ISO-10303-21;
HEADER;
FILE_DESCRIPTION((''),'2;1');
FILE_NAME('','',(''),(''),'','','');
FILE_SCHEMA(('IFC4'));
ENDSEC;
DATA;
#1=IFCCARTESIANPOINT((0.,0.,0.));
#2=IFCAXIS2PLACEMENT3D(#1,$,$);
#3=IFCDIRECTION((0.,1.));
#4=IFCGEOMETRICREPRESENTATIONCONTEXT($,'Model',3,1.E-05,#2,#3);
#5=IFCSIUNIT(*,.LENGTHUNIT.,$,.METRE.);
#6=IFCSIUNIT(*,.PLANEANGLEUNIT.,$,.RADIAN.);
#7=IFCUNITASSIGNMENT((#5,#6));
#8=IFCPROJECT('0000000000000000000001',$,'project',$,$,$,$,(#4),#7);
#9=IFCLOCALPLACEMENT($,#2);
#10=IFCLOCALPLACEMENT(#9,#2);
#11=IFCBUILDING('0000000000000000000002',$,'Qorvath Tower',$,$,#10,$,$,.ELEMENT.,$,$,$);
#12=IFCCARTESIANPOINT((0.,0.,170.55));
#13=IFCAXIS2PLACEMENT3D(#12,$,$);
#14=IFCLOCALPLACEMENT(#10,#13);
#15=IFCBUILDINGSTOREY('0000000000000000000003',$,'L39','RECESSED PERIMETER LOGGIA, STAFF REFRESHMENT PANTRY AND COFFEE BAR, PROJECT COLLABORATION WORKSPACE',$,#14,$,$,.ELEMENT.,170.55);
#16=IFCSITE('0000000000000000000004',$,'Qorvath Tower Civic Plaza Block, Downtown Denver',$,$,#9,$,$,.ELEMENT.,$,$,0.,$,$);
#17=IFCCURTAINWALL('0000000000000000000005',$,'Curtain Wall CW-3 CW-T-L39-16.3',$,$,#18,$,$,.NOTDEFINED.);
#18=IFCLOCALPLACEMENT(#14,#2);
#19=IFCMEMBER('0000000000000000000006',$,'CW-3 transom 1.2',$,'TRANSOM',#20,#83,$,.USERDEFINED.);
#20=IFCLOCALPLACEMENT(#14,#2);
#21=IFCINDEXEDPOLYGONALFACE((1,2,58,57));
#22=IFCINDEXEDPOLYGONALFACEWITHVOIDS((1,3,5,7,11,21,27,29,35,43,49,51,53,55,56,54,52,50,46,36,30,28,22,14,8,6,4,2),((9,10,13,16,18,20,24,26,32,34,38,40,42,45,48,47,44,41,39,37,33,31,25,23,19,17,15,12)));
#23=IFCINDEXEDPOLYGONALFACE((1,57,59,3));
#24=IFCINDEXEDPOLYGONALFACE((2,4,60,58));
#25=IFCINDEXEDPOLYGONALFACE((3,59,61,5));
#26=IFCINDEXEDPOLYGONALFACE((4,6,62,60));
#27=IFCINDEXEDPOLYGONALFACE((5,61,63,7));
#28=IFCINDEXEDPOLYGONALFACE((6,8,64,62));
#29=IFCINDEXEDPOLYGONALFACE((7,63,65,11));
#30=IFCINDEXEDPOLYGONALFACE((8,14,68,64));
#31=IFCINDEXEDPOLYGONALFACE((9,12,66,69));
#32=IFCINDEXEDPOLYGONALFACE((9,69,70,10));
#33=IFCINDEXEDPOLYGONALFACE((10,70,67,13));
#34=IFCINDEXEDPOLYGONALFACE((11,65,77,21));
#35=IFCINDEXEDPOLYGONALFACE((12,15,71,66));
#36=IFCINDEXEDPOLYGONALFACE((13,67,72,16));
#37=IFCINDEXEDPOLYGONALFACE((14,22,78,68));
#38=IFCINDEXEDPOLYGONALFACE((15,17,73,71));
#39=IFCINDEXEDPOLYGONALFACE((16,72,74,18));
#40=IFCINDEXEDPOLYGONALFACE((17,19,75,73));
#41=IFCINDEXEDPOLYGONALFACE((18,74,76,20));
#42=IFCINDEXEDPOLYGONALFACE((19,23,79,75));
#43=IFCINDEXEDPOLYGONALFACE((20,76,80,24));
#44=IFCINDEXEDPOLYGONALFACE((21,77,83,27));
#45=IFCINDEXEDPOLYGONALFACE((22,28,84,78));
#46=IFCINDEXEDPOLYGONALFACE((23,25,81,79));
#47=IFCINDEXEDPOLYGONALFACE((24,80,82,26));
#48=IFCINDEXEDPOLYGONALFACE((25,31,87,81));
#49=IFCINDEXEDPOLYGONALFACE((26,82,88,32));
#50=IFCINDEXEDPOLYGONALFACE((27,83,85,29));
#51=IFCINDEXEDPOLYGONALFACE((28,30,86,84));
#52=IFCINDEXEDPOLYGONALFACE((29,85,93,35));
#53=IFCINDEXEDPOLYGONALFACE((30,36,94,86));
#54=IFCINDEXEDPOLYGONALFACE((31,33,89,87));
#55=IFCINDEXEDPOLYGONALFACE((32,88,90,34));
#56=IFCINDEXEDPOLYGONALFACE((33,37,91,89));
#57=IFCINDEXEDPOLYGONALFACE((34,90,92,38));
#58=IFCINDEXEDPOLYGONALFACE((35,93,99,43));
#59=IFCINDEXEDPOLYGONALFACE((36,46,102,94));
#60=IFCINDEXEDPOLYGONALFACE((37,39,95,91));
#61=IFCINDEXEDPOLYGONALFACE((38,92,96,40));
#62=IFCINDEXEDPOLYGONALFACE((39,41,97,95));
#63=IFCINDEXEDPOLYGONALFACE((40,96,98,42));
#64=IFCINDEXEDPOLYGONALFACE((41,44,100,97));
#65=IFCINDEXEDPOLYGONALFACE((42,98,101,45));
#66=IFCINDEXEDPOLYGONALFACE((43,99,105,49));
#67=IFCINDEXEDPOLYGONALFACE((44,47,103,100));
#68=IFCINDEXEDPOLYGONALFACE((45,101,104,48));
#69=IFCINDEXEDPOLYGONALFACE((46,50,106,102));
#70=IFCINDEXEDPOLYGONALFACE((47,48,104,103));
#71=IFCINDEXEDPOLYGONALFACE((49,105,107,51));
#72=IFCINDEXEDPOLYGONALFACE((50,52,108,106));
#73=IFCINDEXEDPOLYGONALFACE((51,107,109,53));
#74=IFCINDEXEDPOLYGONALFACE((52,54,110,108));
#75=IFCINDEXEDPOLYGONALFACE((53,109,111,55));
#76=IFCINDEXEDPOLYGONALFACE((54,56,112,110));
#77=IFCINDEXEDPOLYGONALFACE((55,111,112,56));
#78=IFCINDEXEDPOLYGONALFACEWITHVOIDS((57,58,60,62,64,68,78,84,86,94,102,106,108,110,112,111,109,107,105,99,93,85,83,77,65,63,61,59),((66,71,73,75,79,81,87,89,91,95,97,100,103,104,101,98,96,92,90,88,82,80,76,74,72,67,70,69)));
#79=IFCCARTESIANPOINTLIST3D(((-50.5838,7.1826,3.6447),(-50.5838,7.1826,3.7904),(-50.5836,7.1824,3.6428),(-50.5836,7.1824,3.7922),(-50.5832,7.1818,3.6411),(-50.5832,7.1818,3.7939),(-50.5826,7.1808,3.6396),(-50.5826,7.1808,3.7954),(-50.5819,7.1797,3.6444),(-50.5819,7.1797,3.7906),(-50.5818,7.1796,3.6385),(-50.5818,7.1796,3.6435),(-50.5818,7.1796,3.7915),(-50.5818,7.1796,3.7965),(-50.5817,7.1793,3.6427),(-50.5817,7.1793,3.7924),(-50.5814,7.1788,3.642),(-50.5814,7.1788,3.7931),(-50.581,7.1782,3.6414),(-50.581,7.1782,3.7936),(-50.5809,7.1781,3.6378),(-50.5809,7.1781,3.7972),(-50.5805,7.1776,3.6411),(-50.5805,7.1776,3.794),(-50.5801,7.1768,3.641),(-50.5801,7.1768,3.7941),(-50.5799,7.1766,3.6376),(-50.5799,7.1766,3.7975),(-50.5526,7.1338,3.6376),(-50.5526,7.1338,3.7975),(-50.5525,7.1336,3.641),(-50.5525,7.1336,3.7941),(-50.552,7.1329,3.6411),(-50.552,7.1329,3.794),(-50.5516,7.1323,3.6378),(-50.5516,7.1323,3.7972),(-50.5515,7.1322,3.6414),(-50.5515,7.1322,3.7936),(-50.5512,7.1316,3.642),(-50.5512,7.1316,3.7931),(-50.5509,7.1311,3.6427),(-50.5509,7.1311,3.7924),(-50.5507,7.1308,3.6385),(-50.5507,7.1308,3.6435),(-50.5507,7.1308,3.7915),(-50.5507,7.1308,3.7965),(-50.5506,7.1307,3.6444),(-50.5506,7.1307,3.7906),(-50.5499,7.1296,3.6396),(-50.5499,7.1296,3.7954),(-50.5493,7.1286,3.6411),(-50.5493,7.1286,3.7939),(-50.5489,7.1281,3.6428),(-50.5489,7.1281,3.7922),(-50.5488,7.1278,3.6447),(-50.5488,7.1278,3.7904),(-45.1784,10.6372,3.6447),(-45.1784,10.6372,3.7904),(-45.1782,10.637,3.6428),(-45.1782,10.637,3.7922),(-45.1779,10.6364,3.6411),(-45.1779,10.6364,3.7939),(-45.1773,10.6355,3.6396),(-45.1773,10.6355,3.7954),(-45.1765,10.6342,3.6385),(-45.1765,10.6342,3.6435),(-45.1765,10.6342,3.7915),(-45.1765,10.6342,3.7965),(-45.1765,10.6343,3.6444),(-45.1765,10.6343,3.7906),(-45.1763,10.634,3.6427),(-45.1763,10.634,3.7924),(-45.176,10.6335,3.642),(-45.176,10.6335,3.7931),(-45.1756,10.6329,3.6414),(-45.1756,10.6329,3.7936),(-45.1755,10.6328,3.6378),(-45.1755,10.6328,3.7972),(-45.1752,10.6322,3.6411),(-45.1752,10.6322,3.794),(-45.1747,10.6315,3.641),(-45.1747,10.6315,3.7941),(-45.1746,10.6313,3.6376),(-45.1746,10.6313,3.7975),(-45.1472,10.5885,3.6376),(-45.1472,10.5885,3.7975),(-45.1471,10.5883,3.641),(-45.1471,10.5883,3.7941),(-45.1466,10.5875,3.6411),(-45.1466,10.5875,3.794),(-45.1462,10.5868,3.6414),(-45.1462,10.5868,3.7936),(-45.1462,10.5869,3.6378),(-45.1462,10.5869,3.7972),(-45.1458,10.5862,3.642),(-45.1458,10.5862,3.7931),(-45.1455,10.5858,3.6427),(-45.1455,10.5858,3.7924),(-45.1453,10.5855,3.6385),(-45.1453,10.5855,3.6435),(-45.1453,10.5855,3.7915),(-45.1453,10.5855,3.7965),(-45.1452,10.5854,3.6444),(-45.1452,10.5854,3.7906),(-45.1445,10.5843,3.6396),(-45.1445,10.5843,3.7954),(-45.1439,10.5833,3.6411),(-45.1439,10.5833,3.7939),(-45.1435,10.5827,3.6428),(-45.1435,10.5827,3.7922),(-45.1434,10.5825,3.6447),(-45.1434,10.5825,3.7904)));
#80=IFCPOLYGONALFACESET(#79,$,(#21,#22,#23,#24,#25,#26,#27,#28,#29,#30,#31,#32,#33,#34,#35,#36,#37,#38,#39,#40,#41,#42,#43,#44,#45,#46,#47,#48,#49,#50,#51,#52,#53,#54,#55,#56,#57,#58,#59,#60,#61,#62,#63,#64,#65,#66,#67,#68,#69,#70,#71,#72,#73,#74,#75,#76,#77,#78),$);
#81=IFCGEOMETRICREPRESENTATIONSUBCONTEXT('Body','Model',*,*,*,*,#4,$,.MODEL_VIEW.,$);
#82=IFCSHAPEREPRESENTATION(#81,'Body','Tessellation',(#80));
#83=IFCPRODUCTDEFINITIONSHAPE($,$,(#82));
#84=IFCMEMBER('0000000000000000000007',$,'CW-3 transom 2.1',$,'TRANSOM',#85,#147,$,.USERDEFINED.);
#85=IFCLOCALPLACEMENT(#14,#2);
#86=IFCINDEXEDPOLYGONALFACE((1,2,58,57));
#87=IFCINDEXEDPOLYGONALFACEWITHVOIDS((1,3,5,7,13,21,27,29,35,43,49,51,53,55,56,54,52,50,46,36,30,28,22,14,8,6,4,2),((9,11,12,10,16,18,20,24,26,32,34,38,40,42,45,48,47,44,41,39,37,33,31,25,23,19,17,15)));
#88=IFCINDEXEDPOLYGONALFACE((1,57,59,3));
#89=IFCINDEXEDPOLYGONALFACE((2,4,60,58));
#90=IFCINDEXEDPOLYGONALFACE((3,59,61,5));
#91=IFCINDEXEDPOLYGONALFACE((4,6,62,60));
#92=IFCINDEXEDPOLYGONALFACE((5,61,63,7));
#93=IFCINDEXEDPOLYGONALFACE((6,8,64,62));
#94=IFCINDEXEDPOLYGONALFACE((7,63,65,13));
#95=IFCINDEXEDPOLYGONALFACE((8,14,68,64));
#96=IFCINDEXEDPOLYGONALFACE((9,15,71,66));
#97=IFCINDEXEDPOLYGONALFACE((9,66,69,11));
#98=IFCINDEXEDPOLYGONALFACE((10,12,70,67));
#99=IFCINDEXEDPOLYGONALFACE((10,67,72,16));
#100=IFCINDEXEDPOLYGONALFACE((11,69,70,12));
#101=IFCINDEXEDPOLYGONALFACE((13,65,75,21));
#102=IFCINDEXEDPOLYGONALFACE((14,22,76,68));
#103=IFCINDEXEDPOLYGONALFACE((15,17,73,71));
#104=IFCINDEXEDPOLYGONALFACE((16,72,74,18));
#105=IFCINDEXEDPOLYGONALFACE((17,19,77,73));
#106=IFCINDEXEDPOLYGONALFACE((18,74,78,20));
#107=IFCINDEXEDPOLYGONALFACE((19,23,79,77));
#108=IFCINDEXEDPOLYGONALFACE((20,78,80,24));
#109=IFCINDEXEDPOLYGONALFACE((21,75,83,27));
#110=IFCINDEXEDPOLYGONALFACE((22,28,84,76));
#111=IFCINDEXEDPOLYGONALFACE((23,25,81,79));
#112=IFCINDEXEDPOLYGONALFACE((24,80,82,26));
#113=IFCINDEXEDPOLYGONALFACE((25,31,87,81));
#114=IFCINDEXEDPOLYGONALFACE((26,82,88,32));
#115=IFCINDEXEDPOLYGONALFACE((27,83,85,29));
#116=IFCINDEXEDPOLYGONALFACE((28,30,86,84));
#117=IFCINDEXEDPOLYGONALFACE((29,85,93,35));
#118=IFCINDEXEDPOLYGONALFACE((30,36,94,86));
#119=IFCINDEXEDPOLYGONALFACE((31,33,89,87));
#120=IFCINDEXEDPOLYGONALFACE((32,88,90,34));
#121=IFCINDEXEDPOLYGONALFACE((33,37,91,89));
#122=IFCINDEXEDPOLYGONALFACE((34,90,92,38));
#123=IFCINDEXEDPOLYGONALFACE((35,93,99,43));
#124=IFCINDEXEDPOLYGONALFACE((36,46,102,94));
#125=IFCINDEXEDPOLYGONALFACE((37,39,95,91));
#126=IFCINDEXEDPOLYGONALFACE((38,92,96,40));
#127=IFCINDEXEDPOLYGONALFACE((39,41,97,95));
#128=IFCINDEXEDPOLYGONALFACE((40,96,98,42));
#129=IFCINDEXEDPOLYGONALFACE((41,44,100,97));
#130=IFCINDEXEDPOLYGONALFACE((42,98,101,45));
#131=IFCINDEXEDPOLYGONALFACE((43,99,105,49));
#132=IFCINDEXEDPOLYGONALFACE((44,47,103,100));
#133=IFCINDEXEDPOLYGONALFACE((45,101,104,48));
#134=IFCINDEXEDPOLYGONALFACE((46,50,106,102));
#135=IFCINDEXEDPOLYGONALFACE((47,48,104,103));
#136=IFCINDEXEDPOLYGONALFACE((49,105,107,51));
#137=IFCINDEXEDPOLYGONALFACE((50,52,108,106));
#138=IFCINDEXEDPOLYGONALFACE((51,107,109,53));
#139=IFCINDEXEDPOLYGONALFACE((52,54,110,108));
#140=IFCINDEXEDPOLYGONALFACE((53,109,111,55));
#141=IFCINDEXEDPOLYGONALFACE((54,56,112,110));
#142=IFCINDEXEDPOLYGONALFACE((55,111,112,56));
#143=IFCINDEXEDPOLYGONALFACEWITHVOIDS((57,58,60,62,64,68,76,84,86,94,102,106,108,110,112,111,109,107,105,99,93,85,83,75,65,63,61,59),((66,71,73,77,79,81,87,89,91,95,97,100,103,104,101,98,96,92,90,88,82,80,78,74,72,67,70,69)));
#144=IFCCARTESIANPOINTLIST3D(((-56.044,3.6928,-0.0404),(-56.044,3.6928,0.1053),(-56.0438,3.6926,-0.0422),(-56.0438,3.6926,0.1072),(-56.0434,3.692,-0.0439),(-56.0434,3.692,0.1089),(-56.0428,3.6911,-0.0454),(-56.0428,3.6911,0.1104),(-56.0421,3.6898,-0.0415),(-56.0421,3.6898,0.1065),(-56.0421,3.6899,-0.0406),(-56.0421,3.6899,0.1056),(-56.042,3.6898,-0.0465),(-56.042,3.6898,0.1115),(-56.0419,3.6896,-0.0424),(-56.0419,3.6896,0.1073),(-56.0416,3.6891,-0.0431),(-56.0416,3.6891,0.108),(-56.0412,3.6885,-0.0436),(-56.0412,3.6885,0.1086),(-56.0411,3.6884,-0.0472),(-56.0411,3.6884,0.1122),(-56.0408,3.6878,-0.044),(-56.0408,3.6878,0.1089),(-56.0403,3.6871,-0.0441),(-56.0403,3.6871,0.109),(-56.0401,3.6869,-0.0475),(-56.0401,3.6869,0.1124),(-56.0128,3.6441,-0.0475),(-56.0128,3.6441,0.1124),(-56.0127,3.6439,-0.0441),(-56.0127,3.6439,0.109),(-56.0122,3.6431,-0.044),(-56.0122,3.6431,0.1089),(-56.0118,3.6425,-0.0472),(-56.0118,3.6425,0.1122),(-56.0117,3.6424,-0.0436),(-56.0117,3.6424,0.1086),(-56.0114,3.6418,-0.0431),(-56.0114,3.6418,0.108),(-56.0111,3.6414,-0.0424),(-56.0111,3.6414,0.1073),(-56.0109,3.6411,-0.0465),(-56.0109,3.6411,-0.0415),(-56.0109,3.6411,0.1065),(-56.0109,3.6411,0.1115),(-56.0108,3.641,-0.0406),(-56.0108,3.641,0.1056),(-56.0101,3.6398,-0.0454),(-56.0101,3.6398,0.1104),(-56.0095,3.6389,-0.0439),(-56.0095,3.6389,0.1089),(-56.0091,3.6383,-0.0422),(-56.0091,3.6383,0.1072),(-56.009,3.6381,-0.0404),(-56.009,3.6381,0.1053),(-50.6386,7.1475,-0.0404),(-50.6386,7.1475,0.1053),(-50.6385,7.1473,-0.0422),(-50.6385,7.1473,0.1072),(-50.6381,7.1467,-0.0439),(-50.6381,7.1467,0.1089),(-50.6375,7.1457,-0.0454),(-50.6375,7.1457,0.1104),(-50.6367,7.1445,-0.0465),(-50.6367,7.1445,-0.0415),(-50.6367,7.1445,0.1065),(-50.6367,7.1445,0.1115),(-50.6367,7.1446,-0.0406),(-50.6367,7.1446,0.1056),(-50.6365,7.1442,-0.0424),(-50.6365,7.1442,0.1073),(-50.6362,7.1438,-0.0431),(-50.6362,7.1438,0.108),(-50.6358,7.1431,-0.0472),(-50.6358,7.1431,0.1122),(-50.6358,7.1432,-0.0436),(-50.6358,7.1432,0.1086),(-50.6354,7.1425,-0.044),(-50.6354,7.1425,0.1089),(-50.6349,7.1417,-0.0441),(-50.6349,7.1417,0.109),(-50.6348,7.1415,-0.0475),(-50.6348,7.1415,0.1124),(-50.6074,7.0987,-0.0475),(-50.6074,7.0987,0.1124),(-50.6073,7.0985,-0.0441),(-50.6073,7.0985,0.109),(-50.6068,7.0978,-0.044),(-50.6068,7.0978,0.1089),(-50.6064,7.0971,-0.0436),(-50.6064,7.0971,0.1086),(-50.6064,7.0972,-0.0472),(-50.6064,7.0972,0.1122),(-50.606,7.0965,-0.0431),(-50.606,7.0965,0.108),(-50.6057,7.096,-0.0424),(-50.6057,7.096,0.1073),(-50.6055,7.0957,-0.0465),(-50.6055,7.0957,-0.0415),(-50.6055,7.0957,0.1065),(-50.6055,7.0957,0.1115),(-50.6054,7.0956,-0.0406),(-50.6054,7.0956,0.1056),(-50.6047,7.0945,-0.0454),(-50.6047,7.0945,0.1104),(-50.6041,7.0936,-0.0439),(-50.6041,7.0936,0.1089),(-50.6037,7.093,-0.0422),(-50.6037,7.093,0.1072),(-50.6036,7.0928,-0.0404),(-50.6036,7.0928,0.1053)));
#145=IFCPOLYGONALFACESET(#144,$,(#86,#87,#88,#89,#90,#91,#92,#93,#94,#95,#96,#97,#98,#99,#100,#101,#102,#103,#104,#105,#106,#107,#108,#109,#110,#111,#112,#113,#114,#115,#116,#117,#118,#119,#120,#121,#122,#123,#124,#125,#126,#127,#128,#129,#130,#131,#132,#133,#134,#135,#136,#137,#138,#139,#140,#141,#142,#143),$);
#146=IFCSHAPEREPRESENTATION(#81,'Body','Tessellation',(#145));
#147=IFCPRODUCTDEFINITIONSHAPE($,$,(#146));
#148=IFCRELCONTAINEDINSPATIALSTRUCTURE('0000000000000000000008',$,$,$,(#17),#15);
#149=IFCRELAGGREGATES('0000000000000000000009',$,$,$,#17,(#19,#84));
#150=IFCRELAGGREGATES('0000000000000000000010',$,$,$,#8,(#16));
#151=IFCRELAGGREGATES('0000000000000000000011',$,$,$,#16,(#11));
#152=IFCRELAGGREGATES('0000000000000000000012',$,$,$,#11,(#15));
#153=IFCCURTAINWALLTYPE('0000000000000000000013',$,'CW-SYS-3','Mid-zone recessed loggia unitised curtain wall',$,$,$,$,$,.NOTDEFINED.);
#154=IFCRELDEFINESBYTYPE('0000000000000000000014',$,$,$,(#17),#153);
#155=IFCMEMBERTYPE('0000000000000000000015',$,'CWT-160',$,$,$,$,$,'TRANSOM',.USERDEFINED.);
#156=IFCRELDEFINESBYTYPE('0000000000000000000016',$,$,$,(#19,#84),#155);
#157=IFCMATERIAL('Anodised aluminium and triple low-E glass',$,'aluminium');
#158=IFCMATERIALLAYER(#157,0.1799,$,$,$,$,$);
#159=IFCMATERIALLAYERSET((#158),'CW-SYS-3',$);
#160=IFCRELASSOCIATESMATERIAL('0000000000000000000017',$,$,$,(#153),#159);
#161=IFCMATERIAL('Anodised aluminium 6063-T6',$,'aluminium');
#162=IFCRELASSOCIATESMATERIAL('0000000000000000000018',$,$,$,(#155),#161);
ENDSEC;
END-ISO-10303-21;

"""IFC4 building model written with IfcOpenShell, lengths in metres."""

from ifc_helpers import new_model, si_unit, direction, frame, origin, origin_2d, place, context, subcontext, project, spatial, hollow_rectangle, extrude, material, layer, layer_set, material_profile, profile_set, type_object, element, aggregate, save


model = new_model("IFC4")

# Units and contexts
model_context = context("Model", 3, precision=1e-05, world=origin(), true_north=direction((0.0, 1.0)))
body_context = subcontext(model_context, "Body", "Model", "MODEL_VIEW")
ifc_project = project(units=[si_unit("LENGTHUNIT", "METRE"), si_unit("PLANEANGLEUNIT", "RADIAN")], contexts=[model_context])

# Site, building, storey
site_placement = place(None, origin())
site = spatial("IfcSite", under=ifc_project, at=site_placement, Name="Qorvath Tower Civic Plaza Block, Downtown Denver", CompositionType="ELEMENT", RefElevation=0.0)
building_placement = place(site_placement, origin())
building = spatial("IfcBuilding", under=site, at=building_placement, Name="Qorvath Tower", CompositionType="ELEMENT")
storey_placement = place(building_placement, frame((0.0, 0.0, 170.55)))
storey = spatial("IfcBuildingStorey", under=building, at=storey_placement, Name="L39", Description="RECESSED PERIMETER LOGGIA, STAFF REFRESHMENT PANTRY AND COFFEE BAR, PROJECT COLLABORATION WORKSPACE", CompositionType="ELEMENT", Elevation=170.55)

# Curtain wall
ifc_material_1 = material(Name="Anodised aluminium and triple low-E glass", Category="aluminium")
ifc_layer_1 = layer(ifc_material_1, 0.1799)
ifc_layer_set_1 = layer_set([ifc_layer_1], Name="CW-SYS-3")
curtain_wall_type = type_object("IfcCurtainWallType", Name="CW-SYS-3", Description="Mid-zone recessed loggia unitised curtain wall", PredefinedType="NOTDEFINED", material=ifc_layer_set_1)
curtain_wall_1_placement = place(storey_placement, origin())
curtain_wall_1 = element("IfcCurtainWall", 1, at=curtain_wall_1_placement, inside=storey, type_object=curtain_wall_type, Name="Curtain Wall CW-3 CW-T-L39-16.3", PredefinedType="NOTDEFINED")

# Members
ifc_material_2 = material(Name="Anodised aluminium 6063-T6", Category="aluminium")
ifc_material_profile_1 = material_profile(ifc_material_2, hollow_rectangle(XDim=0.0649, YDim=0.1599, WallThickness=0.0034, InnerFilletRadius=0.0034, OuterFilletRadius=0.0071, at=origin_2d()), Name="CWT 160x65")
ifc_profile_set_1 = profile_set([ifc_material_profile_1], Name="Anodised aluminium 6063-T6")
member_type_1 = type_object("IfcMemberType", Name="CWT-160", ElementType="TRANSOM", PredefinedType="USERDEFINED", material=ifc_profile_set_1)
member_1_placement = place(storey_placement, frame((-45.1609, 10.6099, 3.7175), z_axis=(-0.84261, -0.538524, 0.0), x_axis=(0.538524, -0.84261, 0.0)))
member_1 = element("IfcMember", 2, at=member_1_placement, type_object=member_type_1, Name="CW-3 transom 1.2", ObjectType="TRANSOM", PredefinedType="USERDEFINED", context=body_context, shape_type="SweptSolid", body=[
    extrude(hollow_rectangle(XDim=0.0649, YDim=0.1599, WallThickness=0.0034, InnerFilletRadius=0.0034, OuterFilletRadius=0.0071, at=origin_2d()), origin(), (0.0, 0.0, 1.0), 6.415),
])
member_2_placement = place(storey_placement, frame((-50.6211, 7.1201, 0.0325), z_axis=(-0.84261, -0.538524, 0.0), x_axis=(0.538524, -0.84261, 0.0)))
member_2 = element("IfcMember", 3, at=member_2_placement, type_object=member_type_1, Name="CW-3 transom 2.1", ObjectType="TRANSOM", PredefinedType="USERDEFINED", context=body_context, shape_type="SweptSolid", body=[
    extrude(hollow_rectangle(XDim=0.0649, YDim=0.1599, WallThickness=0.0034, InnerFilletRadius=0.0034, OuterFilletRadius=0.0071, at=origin_2d()), origin(), (0.0, 0.0, 1.0), 6.415),
])

aggregate(curtain_wall_1, [member_1, member_2])

save(model, "model.ifc")
